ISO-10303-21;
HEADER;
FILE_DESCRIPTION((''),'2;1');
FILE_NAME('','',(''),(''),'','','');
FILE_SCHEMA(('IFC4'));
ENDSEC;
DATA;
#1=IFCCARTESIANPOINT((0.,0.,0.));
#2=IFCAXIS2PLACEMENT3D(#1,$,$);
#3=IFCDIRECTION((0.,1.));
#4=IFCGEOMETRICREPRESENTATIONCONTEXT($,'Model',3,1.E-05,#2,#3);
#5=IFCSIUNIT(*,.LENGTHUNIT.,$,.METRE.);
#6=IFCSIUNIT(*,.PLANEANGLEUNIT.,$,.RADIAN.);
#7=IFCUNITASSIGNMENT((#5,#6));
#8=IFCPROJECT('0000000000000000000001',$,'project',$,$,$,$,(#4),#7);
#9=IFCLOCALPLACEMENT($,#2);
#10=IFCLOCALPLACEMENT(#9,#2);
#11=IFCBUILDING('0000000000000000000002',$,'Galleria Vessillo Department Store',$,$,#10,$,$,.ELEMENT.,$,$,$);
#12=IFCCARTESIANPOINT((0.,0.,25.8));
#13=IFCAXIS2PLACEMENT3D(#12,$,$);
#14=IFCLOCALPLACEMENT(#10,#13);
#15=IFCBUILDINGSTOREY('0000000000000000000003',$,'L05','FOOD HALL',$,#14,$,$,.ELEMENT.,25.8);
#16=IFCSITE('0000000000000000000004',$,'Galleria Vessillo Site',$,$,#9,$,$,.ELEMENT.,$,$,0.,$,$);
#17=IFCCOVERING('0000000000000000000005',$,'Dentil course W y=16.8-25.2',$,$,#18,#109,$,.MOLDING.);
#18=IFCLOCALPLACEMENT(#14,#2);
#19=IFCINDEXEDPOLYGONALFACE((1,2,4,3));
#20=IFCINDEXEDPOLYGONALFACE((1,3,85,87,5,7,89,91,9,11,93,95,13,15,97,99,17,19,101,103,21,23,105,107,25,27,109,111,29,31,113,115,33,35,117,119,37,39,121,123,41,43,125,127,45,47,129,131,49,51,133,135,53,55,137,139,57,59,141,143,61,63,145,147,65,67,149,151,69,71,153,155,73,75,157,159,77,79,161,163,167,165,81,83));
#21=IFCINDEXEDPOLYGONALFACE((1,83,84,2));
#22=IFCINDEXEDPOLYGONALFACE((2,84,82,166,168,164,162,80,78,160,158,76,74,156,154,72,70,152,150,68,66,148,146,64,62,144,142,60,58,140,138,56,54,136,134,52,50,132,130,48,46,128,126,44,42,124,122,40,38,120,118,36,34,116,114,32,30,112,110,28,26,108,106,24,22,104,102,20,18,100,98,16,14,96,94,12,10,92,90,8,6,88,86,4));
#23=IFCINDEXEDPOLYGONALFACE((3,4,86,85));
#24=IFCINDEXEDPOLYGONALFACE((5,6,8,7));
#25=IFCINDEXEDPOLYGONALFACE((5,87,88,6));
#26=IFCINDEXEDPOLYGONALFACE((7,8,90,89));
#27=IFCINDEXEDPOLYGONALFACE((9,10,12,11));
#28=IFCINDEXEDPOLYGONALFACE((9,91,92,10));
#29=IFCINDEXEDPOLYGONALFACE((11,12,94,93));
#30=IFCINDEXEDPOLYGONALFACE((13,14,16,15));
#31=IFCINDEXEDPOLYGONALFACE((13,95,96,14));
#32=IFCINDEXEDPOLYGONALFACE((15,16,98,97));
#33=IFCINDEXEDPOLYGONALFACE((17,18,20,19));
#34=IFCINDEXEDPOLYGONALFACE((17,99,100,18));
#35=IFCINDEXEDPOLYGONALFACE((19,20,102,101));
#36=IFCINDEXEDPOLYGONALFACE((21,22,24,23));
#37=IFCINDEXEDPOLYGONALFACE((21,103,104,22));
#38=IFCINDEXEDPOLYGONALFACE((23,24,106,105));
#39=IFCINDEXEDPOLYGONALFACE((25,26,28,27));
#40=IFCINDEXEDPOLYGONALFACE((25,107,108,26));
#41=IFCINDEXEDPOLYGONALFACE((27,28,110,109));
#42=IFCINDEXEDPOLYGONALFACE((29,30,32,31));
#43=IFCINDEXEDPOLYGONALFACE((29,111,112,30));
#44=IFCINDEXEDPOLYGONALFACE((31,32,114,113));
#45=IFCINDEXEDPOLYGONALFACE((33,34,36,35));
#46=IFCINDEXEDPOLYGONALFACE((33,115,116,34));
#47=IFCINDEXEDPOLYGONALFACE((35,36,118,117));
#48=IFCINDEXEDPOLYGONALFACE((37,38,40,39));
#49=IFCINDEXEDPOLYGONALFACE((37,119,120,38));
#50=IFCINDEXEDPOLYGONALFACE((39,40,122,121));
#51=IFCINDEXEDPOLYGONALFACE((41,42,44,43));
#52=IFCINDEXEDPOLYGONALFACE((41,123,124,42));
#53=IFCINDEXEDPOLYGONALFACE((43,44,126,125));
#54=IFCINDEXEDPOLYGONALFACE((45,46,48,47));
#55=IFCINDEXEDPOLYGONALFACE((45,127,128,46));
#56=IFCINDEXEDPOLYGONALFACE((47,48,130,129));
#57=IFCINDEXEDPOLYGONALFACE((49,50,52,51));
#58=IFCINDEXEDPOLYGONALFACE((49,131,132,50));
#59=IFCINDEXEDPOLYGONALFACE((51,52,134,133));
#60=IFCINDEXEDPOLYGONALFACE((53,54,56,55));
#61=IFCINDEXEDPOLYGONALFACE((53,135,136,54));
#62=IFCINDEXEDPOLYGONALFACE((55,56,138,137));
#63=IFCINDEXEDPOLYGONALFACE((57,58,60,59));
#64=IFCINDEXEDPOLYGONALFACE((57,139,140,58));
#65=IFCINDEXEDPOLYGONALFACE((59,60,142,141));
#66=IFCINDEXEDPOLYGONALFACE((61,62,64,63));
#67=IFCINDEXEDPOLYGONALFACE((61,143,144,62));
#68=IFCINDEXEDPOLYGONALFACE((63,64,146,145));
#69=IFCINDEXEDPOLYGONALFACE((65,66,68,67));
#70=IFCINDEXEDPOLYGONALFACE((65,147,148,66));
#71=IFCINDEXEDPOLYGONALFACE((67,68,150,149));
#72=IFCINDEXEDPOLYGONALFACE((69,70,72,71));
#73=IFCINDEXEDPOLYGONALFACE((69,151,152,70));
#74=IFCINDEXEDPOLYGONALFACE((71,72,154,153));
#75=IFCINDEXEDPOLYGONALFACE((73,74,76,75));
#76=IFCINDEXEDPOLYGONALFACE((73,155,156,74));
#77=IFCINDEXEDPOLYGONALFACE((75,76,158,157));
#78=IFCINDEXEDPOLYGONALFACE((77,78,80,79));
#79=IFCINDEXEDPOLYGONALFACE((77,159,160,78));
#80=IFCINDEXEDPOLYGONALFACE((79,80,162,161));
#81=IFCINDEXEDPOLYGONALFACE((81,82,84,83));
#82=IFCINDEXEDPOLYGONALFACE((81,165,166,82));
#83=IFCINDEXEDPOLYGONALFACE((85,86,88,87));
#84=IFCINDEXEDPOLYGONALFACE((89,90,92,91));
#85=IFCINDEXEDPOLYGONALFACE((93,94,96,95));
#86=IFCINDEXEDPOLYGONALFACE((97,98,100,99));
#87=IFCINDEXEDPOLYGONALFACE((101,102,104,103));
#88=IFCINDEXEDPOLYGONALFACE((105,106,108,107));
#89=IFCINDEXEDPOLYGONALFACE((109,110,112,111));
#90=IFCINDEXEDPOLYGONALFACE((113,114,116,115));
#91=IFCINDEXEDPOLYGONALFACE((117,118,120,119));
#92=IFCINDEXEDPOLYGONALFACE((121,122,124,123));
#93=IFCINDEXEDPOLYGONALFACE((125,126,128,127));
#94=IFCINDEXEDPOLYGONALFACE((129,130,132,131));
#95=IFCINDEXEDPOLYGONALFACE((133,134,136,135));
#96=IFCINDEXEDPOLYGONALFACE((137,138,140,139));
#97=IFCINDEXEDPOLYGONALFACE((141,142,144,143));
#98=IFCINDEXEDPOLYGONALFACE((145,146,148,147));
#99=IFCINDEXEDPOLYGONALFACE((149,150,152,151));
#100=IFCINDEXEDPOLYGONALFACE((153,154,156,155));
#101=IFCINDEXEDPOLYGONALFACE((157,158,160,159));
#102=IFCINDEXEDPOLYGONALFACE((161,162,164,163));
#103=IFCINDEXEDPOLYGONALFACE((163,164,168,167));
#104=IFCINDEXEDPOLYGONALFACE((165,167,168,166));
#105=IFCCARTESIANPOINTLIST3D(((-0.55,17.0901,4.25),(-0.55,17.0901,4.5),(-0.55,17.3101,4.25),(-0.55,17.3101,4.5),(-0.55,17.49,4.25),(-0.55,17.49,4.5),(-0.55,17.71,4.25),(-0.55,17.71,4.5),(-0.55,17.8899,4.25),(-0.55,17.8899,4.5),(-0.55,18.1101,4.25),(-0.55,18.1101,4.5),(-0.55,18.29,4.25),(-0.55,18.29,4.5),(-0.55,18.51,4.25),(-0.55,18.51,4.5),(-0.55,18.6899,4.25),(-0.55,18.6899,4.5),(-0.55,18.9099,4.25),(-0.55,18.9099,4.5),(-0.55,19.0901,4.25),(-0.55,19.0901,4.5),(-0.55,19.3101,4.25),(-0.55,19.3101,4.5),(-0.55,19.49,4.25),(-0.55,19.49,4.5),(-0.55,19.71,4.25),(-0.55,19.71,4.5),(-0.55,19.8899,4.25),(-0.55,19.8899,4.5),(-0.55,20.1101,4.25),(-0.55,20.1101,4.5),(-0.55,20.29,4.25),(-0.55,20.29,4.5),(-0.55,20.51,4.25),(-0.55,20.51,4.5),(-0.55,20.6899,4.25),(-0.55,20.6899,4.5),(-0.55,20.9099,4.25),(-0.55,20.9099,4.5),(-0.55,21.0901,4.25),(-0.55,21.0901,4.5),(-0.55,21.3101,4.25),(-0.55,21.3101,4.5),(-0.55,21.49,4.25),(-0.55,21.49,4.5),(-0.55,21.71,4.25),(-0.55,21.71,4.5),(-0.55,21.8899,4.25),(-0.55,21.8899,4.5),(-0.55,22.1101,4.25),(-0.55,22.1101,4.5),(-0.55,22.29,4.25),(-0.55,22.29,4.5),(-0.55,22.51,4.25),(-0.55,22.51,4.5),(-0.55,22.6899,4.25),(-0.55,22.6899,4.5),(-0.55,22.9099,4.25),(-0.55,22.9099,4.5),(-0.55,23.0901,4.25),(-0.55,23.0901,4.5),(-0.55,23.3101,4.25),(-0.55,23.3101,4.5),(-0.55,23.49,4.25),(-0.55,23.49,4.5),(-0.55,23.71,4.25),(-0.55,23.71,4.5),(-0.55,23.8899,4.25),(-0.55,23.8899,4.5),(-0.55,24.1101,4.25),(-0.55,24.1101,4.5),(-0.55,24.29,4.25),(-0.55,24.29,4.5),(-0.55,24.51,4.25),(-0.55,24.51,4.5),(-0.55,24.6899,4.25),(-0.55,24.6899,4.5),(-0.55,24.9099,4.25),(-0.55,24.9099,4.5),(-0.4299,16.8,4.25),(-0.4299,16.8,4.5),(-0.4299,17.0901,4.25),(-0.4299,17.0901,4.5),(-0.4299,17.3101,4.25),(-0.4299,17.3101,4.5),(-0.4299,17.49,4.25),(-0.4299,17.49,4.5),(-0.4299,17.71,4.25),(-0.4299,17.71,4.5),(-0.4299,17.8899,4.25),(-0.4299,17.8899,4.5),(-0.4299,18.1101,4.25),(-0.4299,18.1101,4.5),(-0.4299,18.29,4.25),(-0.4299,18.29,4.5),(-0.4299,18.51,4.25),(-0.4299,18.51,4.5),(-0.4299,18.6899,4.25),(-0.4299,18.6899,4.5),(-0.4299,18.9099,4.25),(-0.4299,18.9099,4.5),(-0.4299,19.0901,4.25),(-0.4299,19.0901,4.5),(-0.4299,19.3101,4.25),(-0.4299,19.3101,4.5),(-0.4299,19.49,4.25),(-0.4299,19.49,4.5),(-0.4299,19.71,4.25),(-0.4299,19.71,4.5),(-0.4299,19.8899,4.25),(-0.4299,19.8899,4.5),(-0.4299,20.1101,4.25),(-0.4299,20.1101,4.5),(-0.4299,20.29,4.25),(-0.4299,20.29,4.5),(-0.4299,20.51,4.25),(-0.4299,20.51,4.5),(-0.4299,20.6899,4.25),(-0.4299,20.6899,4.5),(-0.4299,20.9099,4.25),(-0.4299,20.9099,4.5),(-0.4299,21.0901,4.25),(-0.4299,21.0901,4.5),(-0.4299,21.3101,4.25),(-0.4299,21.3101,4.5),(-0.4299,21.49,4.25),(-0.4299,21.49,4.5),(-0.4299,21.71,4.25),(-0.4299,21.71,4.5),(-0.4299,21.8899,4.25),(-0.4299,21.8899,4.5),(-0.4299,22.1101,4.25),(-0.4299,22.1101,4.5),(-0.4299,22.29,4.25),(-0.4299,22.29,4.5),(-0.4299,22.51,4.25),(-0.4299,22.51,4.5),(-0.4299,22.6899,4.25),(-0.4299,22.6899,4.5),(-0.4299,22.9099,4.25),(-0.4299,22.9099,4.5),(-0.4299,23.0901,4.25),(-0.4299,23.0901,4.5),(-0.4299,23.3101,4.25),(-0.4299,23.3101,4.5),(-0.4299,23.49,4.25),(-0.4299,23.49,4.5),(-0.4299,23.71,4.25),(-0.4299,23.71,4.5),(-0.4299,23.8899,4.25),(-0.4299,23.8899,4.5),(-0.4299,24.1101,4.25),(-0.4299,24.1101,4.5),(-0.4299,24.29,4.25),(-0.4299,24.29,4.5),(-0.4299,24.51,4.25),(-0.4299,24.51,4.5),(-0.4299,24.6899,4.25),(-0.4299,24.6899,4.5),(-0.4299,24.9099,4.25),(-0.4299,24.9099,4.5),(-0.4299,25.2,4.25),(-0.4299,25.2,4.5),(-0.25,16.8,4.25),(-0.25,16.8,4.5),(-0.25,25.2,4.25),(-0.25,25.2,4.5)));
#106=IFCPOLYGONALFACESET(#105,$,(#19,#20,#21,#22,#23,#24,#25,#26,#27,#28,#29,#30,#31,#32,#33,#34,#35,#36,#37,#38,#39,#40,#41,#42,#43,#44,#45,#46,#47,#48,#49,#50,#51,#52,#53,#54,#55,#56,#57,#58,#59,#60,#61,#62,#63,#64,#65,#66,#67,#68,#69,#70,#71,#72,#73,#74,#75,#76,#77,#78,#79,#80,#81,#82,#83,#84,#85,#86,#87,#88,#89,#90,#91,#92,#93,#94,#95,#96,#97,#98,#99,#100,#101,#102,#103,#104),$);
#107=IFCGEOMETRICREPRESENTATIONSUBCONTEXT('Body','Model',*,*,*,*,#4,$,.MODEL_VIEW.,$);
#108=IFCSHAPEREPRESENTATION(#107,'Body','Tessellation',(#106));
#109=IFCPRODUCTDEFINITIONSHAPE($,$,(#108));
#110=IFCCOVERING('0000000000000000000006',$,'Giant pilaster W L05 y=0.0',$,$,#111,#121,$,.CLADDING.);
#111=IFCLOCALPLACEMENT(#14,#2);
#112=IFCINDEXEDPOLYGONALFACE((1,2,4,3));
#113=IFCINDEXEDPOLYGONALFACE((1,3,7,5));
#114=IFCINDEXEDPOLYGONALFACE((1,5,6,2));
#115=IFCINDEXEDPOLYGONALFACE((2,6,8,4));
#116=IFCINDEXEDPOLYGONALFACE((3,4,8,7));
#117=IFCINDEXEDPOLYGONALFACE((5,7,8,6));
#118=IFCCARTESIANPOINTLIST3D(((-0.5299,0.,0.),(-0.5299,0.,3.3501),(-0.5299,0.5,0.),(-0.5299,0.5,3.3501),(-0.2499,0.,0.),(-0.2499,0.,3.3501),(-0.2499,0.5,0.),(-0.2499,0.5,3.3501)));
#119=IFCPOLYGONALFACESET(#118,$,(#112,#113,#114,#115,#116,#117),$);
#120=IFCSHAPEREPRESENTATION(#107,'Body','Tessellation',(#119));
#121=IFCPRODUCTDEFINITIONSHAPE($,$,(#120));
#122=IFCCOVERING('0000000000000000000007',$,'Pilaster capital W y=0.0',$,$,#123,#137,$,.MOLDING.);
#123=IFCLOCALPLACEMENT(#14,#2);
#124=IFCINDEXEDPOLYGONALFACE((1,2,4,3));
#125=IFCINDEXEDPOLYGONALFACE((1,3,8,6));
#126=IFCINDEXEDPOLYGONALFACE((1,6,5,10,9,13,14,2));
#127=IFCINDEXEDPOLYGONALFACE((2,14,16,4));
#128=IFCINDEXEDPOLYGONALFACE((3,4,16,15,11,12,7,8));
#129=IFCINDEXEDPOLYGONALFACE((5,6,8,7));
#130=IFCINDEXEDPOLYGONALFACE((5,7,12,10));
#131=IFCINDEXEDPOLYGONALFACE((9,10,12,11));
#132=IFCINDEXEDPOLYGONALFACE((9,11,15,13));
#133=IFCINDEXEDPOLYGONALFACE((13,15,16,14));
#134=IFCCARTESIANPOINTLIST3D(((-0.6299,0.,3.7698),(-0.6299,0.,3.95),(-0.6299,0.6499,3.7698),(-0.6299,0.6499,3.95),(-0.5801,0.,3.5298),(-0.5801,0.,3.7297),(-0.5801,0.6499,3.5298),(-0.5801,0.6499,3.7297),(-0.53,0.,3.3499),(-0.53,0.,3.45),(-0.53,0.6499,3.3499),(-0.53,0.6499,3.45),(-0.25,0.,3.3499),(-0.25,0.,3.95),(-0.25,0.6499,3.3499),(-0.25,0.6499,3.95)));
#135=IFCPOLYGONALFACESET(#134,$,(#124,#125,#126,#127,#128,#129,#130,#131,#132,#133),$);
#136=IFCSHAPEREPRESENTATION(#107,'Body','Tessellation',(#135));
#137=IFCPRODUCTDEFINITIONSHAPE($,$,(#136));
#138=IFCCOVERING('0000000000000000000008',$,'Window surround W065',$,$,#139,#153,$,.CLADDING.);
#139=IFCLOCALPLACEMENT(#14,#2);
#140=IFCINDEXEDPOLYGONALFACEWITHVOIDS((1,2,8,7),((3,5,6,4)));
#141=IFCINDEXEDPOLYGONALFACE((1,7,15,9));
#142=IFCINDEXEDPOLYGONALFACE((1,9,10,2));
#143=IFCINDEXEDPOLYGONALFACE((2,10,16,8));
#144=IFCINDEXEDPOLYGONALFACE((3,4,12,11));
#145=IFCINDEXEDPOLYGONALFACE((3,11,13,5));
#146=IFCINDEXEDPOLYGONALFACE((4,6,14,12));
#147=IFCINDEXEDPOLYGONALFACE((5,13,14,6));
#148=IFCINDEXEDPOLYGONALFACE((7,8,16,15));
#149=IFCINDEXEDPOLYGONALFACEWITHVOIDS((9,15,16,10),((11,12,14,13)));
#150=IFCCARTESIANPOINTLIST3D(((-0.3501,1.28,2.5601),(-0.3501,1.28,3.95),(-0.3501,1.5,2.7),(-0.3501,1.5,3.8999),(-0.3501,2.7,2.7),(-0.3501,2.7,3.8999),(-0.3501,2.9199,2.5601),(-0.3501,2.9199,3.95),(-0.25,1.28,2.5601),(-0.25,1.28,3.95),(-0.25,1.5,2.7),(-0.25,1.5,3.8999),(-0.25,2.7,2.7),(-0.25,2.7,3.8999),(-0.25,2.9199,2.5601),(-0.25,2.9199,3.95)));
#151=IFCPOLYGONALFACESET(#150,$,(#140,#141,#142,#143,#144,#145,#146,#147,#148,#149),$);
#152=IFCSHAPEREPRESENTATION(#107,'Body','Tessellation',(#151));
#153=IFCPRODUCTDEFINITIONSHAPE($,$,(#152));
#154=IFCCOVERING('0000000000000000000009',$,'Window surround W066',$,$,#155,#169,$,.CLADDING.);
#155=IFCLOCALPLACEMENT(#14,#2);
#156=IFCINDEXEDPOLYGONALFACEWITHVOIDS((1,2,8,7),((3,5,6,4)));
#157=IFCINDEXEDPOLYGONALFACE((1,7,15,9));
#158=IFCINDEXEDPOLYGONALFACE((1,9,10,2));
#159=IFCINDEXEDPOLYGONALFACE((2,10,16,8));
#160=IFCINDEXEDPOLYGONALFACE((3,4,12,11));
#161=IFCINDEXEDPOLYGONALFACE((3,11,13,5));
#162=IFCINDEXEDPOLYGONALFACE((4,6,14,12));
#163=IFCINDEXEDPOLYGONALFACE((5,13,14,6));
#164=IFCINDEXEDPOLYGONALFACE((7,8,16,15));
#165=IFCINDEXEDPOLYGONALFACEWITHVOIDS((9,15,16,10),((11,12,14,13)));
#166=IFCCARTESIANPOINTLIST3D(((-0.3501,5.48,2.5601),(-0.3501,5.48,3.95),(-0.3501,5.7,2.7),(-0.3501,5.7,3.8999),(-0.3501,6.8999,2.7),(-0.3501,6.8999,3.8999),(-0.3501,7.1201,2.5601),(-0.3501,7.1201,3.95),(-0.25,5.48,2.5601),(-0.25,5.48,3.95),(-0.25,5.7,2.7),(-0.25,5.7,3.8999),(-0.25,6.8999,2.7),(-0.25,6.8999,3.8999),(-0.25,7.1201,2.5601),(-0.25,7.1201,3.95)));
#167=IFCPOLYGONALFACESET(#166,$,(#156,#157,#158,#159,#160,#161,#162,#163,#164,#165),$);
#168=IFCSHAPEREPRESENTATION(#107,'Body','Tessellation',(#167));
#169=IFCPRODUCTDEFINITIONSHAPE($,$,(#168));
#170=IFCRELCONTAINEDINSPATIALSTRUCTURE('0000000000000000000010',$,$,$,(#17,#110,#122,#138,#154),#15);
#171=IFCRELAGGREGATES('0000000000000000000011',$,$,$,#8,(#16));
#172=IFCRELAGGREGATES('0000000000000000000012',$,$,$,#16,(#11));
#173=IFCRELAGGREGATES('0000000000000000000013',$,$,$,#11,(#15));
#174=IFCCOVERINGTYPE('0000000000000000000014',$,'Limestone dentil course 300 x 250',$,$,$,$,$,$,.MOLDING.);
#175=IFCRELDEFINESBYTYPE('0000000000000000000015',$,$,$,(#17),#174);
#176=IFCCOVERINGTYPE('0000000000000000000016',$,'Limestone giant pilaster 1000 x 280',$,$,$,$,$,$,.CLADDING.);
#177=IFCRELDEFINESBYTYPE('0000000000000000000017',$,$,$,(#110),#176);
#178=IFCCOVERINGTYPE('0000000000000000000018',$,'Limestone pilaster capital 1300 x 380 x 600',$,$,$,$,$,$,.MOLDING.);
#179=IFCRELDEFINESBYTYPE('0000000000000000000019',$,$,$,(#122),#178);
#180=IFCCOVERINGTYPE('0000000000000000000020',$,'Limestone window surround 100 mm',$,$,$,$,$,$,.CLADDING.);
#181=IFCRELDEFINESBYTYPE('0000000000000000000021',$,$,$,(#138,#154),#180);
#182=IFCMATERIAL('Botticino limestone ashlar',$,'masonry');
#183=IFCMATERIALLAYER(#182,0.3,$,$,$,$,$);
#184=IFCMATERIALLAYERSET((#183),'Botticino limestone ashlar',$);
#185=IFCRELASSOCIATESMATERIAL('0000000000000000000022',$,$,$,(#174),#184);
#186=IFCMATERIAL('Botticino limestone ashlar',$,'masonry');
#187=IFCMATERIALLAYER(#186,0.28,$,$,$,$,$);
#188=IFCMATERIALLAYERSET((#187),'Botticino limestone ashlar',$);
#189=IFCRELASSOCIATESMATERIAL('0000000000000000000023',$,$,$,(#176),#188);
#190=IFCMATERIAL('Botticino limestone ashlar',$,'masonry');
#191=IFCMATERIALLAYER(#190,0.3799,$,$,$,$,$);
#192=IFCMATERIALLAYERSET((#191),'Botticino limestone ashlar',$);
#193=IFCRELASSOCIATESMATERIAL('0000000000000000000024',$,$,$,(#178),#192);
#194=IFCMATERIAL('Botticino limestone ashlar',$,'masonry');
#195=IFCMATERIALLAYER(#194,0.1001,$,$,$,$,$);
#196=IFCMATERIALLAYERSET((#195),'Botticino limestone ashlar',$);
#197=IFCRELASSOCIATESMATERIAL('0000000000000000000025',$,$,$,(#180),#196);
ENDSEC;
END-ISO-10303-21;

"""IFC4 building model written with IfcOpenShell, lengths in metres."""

from ifc_helpers import new_model, si_unit, direction, frame, origin, origin_2d, place, context, subcontext, project, spatial, polyline, rectangle, outline, extrude, material, layer, layer_set, type_object, element, save


model = new_model("IFC4")

# Units and contexts
model_context = context("Model", 3, precision=1e-05, world=origin(), true_north=direction((0.0, 1.0)))
body_context = subcontext(model_context, "Body", "Model", "MODEL_VIEW")
ifc_project = project(units=[si_unit("LENGTHUNIT", "METRE"), si_unit("PLANEANGLEUNIT", "RADIAN")], contexts=[model_context])

# Site, building, storey
site_placement = place(None, origin())
site = spatial("IfcSite", under=ifc_project, at=site_placement, Name="Galleria Vessillo Site", CompositionType="ELEMENT", RefElevation=0.0)
building_placement = place(site_placement, origin())
building = spatial("IfcBuilding", under=site, at=building_placement, Name="Galleria Vessillo Department Store", CompositionType="ELEMENT")
storey_placement = place(building_placement, frame((0.0, 0.0, 25.8)))
storey = spatial("IfcBuildingStorey", under=building, at=storey_placement, Name="L05", Description="FOOD HALL", CompositionType="ELEMENT", Elevation=25.8)

# Coverings
ifc_material_1 = material(Name="Botticino limestone ashlar", Category="masonry")
ifc_layer_1 = layer(ifc_material_1, 0.3)
ifc_layer_set_1 = layer_set([ifc_layer_1], Name="Botticino limestone ashlar")
covering_type_1 = type_object("IfcCoveringType", Name="Limestone dentil course 300 x 250", PredefinedType="MOLDING", material=ifc_layer_set_1)
covering_1_placement = place(storey_placement, frame((0.0, 0.0, 4.25)))
element("IfcCovering", 1, at=covering_1_placement, inside=storey, type_object=covering_type_1, Name="Dentil course W y=16.8-25.2", PredefinedType="MOLDING", context=body_context, shape_type="SweptSolid", body=[
    extrude(outline(polyline([(-0.25, 16.8), (-0.4299, 16.8), (-0.4299, 17.0901), (-0.55, 17.0901), (-0.55, 17.3101), (-0.4299, 17.3101), (-0.4299, 17.49), (-0.55, 17.49), (-0.55, 17.71), (-0.4299, 17.71), (-0.4299, 17.8899), (-0.55, 17.8899), (-0.55, 18.1101), (-0.4299, 18.1101), (-0.4299, 18.29), (-0.55, 18.29), (-0.55, 18.51), (-0.4299, 18.51), (-0.4299, 18.6899), (-0.55, 18.6899), (-0.55, 18.9099), (-0.4299, 18.9099), (-0.4299, 19.0901), (-0.55, 19.0901), (-0.55, 19.3101), (-0.4299, 19.3101), (-0.4299, 19.49), (-0.55, 19.49), (-0.55, 19.71), (-0.4299, 19.71), (-0.4299, 19.8899), (-0.55, 19.8899), (-0.55, 20.1101), (-0.4299, 20.1101), (-0.4299, 20.29), (-0.55, 20.29), (-0.55, 20.51), (-0.4299, 20.51), (-0.4299, 20.6899), (-0.55, 20.6899), (-0.55, 20.9099), (-0.4299, 20.9099), (-0.4299, 21.0901), (-0.55, 21.0901), (-0.55, 21.3101), (-0.4299, 21.3101), (-0.4299, 21.49), (-0.55, 21.49), (-0.55, 21.71), (-0.4299, 21.71), (-0.4299, 21.8899), (-0.55, 21.8899), (-0.55, 22.1101), (-0.4299, 22.1101), (-0.4299, 22.29), (-0.55, 22.29), (-0.55, 22.51), (-0.4299, 22.51), (-0.4299, 22.6899), (-0.55, 22.6899), (-0.55, 22.9099), (-0.4299, 22.9099), (-0.4299, 23.0901), (-0.55, 23.0901), (-0.55, 23.3101), (-0.4299, 23.3101), (-0.4299, 23.49), (-0.55, 23.49), (-0.55, 23.71), (-0.4299, 23.71), (-0.4299, 23.8899), (-0.55, 23.8899), (-0.55, 24.1101), (-0.4299, 24.1101), (-0.4299, 24.29), (-0.55, 24.29), (-0.55, 24.51), (-0.4299, 24.51), (-0.4299, 24.6899), (-0.55, 24.6899), (-0.55, 24.9099), (-0.4299, 24.9099), (-0.4299, 25.2), (-0.25, 25.2), (-0.25, 16.8)])), origin(), (0.0, 0.0, 1.0), 0.25),
])
ifc_material_2 = material(Name="Botticino limestone ashlar", Category="masonry")
ifc_layer_2 = layer(ifc_material_2, 0.28)
ifc_layer_set_2 = layer_set([ifc_layer_2], Name="Botticino limestone ashlar")
covering_type_2 = type_object("IfcCoveringType", Name="Limestone giant pilaster 1000 x 280", PredefinedType="CLADDING", material=ifc_layer_set_2)
covering_2_placement = place(storey_placement, frame((-0.3899, 0.25, 0.0), z_axis=(0.0, 0.0, 1.0), x_axis=(1.0, 0.0, 0.0)))
element("IfcCovering", 2, at=covering_2_placement, inside=storey, type_object=covering_type_2, Name="Giant pilaster W L05 y=0.0", PredefinedType="CLADDING", context=body_context, shape_type="SweptSolid", body=[
    extrude(rectangle(XDim=0.28, YDim=0.5, at=origin_2d()), origin(), (0.0, 0.0, 1.0), 3.3501),
])
ifc_material_3 = material(Name="Botticino limestone ashlar", Category="masonry")
ifc_layer_3 = layer(ifc_material_3, 0.3799)
ifc_layer_set_3 = layer_set([ifc_layer_3], Name="Botticino limestone ashlar")
covering_type_3 = type_object("IfcCoveringType", Name="Limestone pilaster capital 1300 x 380 x 600", PredefinedType="MOLDING", material=ifc_layer_set_3)
covering_3_placement = place(storey_placement, frame((0.0, 0.0, 3.3499), z_axis=(0.0, 1.0, 0.0), x_axis=(-1.0, 0.0, 0.0)))
element("IfcCovering", 3, at=covering_3_placement, inside=storey, type_object=covering_type_3, Name="Pilaster capital W y=0.0", PredefinedType="MOLDING", context=body_context, shape_type="SweptSolid", body=[
    extrude(outline(polyline([(0.25, 0.0), (0.53, 0.0), (0.53, 0.1001), (0.5801, 0.1799), (0.5801, 0.3799), (0.6299, 0.4199), (0.6299, 0.6001), (0.25, 0.6001), (0.25, 0.0)])), origin(), (0.0, 0.0, 1.0), 0.6499),
])
ifc_material_4 = material(Name="Botticino limestone ashlar", Category="masonry")
ifc_layer_4 = layer(ifc_material_4, 0.1001)
ifc_layer_set_4 = layer_set([ifc_layer_4], Name="Botticino limestone ashlar")
covering_type_4 = type_object("IfcCoveringType", Name="Limestone window surround 100 mm", PredefinedType="CLADDING", material=ifc_layer_set_4)
covering_4_placement = place(storey_placement, frame((-0.25, 0.0, 2.7), z_axis=(-1.0, 0.0, 0.0), x_axis=(0.0, -1.0, 0.0)))
element("IfcCovering", 4, at=covering_4_placement, inside=storey, type_object=covering_type_4, Name="Window surround W065", PredefinedType="CLADDING", context=body_context, shape_type="SweptSolid", body=[
    extrude(outline(polyline([(-1.28, 1.25), (-2.9199, 1.25), (-2.9199, -0.1399), (-1.28, -0.1399), (-1.28, 1.25)]), holes=[polyline([(-1.5, 1.2), (-2.7, 1.2), (-2.7, 0.0), (-1.5, 0.0), (-1.5, 1.2)])]), origin(), (0.0, 0.0, 1.0), 0.1001),
])
covering_5_placement = place(storey_placement, frame((-0.25, 0.0, 2.7), z_axis=(-1.0, 0.0, 0.0), x_axis=(0.0, -1.0, 0.0)))
element("IfcCovering", 5, at=covering_5_placement, inside=storey, type_object=covering_type_4, Name="Window surround W066", PredefinedType="CLADDING", context=body_context, shape_type="SweptSolid", body=[
    extrude(outline(polyline([(-5.48, 1.25), (-7.1201, 1.25), (-7.1201, -0.1399), (-5.48, -0.1399), (-5.48, 1.25)]), holes=[polyline([(-5.7, 1.2), (-6.8999, 1.2), (-6.8999, 0.0), (-5.7, 0.0), (-5.7, 1.2)])]), origin(), (0.0, 0.0, 1.0), 0.1001),
])

save(model, "model.ifc")
